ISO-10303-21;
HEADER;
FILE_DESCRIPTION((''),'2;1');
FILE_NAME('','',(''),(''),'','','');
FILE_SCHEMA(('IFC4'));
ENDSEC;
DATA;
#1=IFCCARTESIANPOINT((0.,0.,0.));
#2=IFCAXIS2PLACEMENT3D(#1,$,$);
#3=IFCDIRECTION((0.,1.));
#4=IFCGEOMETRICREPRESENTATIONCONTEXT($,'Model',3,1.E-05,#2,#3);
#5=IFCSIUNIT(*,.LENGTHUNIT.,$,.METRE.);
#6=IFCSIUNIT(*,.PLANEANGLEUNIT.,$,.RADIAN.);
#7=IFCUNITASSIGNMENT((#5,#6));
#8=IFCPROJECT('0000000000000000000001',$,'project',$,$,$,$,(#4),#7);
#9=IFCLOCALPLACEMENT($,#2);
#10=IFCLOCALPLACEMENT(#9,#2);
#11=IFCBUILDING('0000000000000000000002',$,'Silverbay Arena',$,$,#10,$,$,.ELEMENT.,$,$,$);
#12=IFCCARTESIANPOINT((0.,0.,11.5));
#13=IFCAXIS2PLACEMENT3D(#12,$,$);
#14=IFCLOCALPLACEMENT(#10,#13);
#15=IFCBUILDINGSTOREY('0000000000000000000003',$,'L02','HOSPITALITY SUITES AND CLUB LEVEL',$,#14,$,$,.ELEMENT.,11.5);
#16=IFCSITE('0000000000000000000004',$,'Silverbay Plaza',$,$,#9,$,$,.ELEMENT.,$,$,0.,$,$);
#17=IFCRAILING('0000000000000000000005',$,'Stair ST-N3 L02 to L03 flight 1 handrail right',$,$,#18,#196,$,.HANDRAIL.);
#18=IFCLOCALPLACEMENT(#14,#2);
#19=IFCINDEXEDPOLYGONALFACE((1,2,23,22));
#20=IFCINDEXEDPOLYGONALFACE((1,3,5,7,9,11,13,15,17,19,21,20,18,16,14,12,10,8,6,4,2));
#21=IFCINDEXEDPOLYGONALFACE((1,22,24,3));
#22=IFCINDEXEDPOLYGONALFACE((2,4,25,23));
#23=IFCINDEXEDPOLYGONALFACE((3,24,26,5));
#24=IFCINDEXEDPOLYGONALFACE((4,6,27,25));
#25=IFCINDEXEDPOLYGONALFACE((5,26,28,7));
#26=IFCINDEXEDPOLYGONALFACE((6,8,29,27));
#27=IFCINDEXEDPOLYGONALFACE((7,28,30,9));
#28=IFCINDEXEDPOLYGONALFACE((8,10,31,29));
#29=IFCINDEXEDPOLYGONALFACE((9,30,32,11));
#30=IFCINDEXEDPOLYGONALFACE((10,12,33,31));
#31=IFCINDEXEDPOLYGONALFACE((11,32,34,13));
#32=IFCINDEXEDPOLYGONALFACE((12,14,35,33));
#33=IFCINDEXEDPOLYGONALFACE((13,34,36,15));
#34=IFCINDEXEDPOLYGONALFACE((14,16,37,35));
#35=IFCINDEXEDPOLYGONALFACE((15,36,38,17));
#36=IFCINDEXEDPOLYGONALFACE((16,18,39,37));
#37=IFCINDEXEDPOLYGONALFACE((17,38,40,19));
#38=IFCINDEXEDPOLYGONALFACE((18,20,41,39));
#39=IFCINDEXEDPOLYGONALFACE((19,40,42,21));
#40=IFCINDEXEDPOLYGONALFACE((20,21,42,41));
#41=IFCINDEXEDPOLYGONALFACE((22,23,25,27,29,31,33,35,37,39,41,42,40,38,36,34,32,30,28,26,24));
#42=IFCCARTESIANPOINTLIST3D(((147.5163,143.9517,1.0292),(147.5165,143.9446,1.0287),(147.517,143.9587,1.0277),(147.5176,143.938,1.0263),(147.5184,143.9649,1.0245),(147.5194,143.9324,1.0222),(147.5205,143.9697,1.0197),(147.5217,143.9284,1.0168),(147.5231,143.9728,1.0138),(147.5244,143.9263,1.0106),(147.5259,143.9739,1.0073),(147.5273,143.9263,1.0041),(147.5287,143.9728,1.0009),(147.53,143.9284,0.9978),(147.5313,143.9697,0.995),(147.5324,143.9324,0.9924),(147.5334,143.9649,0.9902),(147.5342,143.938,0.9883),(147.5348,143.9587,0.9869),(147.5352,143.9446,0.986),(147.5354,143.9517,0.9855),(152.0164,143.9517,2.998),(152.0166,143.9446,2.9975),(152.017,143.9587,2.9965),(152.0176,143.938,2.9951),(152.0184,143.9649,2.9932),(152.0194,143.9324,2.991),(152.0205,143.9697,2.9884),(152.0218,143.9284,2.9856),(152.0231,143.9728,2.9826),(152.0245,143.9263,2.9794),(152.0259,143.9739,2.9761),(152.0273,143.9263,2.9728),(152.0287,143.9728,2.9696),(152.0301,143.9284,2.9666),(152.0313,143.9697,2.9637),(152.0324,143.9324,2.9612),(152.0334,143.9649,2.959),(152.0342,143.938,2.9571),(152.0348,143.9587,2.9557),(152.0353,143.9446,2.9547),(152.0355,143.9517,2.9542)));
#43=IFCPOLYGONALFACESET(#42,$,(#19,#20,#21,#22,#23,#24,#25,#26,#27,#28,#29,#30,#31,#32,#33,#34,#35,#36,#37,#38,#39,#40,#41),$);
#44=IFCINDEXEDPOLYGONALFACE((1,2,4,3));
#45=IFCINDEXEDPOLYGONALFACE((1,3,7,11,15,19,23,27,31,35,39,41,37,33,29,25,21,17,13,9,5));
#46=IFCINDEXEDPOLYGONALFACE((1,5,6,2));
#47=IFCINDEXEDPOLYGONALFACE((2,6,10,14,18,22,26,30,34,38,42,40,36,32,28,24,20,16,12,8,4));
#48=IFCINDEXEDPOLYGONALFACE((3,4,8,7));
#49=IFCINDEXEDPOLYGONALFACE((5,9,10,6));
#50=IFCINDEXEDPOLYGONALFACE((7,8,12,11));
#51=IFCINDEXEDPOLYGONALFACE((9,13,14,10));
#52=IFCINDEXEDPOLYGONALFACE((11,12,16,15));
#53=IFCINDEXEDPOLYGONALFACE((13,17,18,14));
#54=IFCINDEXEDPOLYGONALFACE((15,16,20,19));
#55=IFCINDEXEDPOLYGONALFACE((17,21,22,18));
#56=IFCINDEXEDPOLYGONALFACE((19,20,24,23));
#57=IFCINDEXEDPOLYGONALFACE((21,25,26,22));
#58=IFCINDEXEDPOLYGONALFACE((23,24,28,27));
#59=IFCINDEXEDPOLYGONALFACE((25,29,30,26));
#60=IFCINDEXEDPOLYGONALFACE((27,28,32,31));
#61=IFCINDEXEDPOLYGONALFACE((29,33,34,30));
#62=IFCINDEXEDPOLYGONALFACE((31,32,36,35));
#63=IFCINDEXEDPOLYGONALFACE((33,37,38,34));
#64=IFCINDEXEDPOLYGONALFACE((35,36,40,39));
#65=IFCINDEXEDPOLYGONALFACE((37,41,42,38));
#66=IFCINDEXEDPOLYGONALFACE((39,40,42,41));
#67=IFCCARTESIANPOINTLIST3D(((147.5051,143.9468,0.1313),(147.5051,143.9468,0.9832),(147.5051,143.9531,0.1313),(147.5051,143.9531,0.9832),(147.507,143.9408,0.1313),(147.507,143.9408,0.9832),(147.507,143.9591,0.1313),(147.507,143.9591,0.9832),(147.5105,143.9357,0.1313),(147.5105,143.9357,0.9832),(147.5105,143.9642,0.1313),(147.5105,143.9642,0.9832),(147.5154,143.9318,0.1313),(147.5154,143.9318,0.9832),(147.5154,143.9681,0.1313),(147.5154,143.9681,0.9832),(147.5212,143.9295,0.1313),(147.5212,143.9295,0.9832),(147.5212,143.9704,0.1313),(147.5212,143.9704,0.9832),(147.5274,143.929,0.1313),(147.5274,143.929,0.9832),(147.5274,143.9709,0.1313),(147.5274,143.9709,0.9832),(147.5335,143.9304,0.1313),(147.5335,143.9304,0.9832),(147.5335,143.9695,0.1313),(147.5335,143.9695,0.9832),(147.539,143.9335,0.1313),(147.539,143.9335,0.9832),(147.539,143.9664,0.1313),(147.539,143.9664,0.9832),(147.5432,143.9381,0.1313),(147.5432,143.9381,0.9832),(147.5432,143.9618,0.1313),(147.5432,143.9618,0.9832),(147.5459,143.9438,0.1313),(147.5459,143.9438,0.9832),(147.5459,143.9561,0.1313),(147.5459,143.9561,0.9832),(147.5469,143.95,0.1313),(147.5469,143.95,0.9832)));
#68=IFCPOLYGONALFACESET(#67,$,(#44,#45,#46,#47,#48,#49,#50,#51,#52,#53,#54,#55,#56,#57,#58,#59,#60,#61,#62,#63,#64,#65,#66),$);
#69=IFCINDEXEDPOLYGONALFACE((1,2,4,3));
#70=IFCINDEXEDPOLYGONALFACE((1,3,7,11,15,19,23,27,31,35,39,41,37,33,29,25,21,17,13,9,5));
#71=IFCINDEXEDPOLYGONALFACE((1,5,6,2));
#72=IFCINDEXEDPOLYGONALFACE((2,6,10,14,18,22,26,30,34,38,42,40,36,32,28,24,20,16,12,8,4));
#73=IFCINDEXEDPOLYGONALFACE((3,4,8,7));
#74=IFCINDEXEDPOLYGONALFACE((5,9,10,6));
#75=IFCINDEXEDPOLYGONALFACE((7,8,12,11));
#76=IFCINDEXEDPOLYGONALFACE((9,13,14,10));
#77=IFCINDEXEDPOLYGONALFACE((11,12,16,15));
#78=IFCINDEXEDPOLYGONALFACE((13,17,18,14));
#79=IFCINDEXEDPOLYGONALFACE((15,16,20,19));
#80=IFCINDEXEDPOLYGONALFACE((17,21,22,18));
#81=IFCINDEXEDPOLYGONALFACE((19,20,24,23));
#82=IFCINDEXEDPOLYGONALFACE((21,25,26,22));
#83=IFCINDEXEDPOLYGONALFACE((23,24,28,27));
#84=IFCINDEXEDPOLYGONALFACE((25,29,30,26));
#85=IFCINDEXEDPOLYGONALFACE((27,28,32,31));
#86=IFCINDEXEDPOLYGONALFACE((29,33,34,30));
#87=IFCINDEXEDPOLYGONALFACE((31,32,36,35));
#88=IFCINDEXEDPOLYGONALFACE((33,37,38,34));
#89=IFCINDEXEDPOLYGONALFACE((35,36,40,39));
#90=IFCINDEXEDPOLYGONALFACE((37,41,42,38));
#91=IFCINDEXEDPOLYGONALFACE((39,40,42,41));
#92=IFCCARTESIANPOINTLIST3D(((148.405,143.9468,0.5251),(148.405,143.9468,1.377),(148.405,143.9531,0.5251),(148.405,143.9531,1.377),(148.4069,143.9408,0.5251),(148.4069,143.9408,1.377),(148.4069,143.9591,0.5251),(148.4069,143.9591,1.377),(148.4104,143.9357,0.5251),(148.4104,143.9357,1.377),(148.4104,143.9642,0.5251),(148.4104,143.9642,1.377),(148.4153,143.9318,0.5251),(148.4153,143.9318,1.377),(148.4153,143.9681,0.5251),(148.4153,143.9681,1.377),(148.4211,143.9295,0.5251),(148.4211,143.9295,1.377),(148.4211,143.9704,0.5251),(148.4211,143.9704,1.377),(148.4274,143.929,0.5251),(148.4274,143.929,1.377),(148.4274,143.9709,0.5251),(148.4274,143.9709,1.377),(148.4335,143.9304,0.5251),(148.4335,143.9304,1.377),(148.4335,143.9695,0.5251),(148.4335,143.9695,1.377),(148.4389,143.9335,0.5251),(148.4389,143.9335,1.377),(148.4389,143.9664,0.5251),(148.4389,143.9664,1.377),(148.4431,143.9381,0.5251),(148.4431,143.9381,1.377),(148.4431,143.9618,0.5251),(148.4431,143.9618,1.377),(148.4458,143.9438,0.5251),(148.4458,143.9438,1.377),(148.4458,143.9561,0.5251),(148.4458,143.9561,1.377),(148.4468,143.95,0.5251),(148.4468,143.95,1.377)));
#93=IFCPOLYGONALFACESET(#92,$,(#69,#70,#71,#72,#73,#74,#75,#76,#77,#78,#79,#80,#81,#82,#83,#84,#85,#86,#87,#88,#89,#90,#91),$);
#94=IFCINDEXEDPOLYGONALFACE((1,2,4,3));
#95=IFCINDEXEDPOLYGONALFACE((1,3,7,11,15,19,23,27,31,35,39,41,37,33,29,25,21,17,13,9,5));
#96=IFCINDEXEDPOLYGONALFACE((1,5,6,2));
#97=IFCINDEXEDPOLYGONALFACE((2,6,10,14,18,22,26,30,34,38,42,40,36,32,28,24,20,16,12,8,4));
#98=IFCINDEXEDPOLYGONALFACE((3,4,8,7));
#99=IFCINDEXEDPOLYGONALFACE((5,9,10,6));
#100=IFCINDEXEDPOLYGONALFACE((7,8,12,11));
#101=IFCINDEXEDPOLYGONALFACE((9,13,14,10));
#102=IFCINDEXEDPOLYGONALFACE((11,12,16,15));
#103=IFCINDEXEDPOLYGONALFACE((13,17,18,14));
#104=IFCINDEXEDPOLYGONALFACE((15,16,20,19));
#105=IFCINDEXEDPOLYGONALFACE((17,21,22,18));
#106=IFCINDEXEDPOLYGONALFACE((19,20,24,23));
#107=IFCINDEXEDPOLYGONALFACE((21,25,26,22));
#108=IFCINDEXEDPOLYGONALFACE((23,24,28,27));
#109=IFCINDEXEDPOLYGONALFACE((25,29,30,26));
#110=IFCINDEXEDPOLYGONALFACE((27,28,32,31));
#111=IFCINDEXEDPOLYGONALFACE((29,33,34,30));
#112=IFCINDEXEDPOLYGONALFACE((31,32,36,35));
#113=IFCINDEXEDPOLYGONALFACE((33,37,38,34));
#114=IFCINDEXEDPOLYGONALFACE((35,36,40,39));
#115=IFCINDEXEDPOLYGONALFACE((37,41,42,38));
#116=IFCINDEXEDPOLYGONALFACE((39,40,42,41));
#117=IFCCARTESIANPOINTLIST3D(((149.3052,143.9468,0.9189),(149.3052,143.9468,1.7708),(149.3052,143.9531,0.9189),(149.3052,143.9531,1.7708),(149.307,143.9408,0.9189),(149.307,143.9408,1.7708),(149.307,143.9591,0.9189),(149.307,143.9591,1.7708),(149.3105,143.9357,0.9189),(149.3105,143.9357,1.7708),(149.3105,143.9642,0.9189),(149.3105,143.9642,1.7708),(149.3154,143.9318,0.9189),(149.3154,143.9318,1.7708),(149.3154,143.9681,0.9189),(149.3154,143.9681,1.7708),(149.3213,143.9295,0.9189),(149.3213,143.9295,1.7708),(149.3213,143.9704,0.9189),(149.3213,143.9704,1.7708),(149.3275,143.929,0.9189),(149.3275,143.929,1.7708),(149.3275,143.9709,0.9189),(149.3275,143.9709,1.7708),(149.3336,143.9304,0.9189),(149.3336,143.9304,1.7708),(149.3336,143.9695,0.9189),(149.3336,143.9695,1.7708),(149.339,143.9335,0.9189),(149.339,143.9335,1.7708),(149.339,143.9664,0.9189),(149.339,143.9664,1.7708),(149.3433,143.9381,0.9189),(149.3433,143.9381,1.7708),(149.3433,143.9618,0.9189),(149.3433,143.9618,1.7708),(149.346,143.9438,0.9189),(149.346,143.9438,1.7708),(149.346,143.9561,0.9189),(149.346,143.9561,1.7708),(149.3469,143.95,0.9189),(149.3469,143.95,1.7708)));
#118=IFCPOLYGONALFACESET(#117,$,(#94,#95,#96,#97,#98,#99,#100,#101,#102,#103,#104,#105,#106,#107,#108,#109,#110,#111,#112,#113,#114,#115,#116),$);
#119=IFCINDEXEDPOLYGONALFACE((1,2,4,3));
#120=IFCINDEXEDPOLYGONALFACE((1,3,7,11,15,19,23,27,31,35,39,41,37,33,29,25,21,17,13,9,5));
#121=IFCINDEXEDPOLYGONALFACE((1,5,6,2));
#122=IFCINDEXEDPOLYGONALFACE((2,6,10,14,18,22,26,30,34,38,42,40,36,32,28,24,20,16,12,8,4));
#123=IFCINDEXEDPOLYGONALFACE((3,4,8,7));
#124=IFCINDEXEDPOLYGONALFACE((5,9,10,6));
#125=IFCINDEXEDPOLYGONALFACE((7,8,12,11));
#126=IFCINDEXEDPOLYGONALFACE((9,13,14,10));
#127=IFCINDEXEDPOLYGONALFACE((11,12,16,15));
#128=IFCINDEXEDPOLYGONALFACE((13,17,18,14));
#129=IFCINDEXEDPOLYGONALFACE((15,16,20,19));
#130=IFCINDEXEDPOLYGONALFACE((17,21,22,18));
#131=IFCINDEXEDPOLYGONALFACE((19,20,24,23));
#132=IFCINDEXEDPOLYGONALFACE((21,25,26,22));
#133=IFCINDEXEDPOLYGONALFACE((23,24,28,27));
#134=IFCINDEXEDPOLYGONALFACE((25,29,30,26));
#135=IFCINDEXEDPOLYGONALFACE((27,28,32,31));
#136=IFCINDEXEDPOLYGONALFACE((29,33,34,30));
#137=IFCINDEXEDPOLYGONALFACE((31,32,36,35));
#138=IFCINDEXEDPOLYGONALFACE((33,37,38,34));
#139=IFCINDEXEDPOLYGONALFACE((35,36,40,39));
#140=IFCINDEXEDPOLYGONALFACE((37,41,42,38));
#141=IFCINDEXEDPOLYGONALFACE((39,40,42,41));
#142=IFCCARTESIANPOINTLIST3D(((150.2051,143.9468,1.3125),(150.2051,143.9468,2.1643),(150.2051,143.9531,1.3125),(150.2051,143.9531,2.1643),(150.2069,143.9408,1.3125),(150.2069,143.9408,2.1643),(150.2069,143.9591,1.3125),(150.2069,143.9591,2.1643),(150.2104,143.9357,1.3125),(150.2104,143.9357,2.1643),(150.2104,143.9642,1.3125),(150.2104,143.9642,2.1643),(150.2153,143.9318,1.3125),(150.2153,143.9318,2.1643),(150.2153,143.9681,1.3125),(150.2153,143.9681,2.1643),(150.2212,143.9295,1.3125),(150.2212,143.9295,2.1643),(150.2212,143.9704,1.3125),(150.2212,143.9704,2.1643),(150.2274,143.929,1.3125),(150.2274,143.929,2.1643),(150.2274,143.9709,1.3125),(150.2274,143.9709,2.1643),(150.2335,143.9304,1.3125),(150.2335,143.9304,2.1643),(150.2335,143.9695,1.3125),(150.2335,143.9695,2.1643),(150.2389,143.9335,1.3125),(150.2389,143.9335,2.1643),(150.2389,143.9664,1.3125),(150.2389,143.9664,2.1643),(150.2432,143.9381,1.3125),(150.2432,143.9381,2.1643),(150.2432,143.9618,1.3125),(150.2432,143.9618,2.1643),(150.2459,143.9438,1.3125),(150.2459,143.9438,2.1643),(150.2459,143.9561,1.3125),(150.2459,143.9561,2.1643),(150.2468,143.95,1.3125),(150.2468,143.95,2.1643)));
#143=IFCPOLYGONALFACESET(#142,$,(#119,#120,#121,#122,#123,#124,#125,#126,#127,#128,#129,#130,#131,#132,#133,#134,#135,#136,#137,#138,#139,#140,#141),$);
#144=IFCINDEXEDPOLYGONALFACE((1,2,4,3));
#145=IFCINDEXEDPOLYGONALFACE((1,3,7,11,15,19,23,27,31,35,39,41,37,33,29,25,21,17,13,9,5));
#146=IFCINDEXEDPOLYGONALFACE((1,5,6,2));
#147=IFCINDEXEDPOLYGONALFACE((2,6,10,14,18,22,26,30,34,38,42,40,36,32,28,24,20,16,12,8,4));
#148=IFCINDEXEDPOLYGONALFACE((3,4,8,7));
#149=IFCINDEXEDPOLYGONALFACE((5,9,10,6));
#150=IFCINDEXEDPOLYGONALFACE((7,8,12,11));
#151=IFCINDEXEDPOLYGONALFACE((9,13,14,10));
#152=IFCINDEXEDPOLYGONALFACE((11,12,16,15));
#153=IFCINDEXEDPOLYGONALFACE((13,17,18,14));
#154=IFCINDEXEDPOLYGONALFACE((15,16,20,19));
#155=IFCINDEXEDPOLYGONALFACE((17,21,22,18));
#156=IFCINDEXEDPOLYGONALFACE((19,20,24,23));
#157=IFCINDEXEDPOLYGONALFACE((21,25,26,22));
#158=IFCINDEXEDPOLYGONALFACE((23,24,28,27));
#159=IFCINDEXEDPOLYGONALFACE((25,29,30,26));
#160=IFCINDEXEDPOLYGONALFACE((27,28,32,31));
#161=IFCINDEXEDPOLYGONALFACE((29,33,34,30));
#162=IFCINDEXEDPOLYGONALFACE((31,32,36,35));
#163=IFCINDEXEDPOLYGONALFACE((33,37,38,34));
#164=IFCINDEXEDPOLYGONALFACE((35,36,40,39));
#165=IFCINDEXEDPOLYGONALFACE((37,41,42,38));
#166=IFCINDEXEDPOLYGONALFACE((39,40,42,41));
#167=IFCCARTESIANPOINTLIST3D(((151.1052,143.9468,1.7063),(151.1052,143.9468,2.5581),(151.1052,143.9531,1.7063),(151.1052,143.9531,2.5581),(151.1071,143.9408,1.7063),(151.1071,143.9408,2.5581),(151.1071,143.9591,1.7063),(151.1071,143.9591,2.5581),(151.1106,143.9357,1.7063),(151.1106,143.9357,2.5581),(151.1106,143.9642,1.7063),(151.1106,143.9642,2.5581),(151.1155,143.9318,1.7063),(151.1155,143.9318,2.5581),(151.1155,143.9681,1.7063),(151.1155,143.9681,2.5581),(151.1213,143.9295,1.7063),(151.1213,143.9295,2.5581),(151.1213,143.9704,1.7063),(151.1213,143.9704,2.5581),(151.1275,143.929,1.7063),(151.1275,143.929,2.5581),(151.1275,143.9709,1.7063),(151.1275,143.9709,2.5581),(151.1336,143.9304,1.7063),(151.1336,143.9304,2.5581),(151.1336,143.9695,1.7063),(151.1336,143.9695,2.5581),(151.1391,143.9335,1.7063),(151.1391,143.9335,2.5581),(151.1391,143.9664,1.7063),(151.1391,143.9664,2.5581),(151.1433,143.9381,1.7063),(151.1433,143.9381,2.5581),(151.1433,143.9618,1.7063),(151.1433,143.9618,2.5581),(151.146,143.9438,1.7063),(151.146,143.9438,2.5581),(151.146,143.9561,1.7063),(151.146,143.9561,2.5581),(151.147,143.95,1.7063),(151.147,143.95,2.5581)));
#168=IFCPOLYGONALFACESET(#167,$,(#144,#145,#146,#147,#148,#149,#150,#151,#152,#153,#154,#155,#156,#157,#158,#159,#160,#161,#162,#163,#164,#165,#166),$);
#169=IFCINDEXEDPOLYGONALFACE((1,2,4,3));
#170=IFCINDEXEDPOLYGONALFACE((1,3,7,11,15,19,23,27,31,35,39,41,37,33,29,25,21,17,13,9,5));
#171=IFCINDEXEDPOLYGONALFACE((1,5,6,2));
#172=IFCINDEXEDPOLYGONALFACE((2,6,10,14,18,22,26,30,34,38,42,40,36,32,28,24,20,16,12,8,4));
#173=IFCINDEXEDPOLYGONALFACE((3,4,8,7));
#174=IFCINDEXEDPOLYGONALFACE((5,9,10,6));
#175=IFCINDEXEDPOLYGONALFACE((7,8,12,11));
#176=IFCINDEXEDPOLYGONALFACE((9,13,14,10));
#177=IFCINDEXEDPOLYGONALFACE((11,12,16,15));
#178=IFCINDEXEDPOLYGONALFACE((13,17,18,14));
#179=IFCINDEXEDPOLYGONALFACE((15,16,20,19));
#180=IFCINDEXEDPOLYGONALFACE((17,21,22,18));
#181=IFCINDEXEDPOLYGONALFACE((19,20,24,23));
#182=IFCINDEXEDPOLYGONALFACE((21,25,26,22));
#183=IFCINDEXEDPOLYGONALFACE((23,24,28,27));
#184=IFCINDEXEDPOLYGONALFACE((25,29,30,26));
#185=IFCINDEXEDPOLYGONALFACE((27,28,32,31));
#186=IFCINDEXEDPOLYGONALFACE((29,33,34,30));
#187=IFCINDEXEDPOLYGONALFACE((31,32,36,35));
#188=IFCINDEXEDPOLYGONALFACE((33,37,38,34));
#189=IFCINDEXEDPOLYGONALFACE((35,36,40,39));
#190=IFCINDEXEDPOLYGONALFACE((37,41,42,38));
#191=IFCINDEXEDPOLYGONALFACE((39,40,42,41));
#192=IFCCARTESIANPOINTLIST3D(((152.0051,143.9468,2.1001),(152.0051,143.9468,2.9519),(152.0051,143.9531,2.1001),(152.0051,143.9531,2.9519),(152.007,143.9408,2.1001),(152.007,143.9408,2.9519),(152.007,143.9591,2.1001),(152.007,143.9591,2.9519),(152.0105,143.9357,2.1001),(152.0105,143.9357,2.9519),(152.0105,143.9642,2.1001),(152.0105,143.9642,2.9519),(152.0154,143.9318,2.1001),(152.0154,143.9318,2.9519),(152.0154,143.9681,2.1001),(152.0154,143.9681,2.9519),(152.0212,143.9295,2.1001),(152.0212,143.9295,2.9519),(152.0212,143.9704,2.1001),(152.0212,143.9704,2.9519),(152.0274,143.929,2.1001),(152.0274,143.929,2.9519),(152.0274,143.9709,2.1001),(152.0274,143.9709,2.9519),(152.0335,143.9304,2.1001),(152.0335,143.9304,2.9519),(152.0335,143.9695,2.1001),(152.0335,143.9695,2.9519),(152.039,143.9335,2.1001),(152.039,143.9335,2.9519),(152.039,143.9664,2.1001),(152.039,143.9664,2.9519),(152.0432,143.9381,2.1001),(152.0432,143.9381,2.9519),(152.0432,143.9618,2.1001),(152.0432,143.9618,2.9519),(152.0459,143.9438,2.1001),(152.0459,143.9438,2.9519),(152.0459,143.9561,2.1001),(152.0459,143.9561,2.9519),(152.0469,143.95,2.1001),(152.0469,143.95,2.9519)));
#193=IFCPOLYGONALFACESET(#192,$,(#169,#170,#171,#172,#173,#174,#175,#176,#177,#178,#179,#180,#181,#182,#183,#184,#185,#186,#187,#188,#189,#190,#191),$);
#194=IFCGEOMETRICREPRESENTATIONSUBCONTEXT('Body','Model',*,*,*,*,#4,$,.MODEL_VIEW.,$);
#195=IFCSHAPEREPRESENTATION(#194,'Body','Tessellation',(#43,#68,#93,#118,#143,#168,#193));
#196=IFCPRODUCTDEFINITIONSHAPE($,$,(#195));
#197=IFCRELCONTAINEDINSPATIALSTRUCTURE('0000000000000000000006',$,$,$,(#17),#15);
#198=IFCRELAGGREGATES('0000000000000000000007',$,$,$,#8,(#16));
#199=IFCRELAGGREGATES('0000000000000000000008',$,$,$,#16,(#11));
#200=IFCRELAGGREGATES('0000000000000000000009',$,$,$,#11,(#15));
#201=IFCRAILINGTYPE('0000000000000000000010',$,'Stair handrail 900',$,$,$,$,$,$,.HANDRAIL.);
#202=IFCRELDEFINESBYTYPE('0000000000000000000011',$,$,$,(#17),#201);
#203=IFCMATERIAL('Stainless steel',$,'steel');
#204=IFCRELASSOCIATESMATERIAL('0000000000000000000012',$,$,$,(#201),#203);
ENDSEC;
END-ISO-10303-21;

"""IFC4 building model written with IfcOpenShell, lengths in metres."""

from ifc_helpers import new_model, si_unit, direction, frame, origin, origin_2d, place, context, subcontext, project, spatial, circle, extrude, material, type_object, element, save


model = new_model("IFC4")

# Units and contexts
model_context = context("Model", 3, precision=1e-05, world=origin(), true_north=direction((0.0, 1.0)))
body_context = subcontext(model_context, "Body", "Model", "MODEL_VIEW")
ifc_project = project(units=[si_unit("LENGTHUNIT", "METRE"), si_unit("PLANEANGLEUNIT", "RADIAN")], contexts=[model_context])

# Site, building, storey
site_placement = place(None, origin())
site = spatial("IfcSite", under=ifc_project, at=site_placement, Name="Silverbay Plaza", CompositionType="ELEMENT", RefElevation=0.0)
building_placement = place(site_placement, origin())
building = spatial("IfcBuilding", under=site, at=building_placement, Name="Silverbay Arena", CompositionType="ELEMENT")
storey_placement = place(building_placement, frame((0.0, 0.0, 11.5)))
storey = spatial("IfcBuildingStorey", under=building, at=storey_placement, Name="L02", Description="HOSPITALITY SUITES AND CLUB LEVEL", CompositionType="ELEMENT", Elevation=11.5)

# Railing
ifc_material_1 = material(Name="Stainless steel", Category="steel")
railing_type_1 = type_object("IfcRailingType", Name="Stair handrail 900", PredefinedType="HANDRAIL", material=ifc_material_1)
for number, where, name in (
    (1, (147.5259, 143.95, 0.1313), "Stair ST-N3 L02 to L03 flight 1 handrail right"),
):
    element("IfcRailing", number, at=place(storey_placement, frame(where)), inside=storey, type_object=railing_type_1, Name=name, PredefinedType="HANDRAIL", context=body_context, shape_type="SweptSolid", body=[
        extrude(circle(Radius=0.0239, at=origin_2d()), frame((0.0, 0.0, 0.876), z_axis=(0.916157, 0.0, 0.400819), x_axis=(0.0, 1.0, 0.0)), (0.0, 0.0, 1.0), 4.9119),
        extrude(circle(Radius=0.021, at=origin_2d()), origin(), (0.0, 0.0, 1.0), 0.8518),
        extrude(circle(Radius=0.021, at=origin_2d()), frame((0.8999, 0.0, 0.3938)), (0.0, 0.0, 1.0), 0.8518),
        extrude(circle(Radius=0.021, at=origin_2d()), frame((1.8, 0.0, 0.7876)), (0.0, 0.0, 1.0), 0.8518),
        extrude(circle(Radius=0.021, at=origin_2d()), frame((2.7, 0.0, 1.1812)), (0.0, 0.0, 1.0), 0.8518),
        extrude(circle(Radius=0.021, at=origin_2d()), frame((3.6001, 0.0, 1.575)), (0.0, 0.0, 1.0), 0.8518),
        extrude(circle(Radius=0.021, at=origin_2d()), frame((4.5, 0.0, 1.9688)), (0.0, 0.0, 1.0), 0.8518),
    ])

save(model, "model.ifc")
